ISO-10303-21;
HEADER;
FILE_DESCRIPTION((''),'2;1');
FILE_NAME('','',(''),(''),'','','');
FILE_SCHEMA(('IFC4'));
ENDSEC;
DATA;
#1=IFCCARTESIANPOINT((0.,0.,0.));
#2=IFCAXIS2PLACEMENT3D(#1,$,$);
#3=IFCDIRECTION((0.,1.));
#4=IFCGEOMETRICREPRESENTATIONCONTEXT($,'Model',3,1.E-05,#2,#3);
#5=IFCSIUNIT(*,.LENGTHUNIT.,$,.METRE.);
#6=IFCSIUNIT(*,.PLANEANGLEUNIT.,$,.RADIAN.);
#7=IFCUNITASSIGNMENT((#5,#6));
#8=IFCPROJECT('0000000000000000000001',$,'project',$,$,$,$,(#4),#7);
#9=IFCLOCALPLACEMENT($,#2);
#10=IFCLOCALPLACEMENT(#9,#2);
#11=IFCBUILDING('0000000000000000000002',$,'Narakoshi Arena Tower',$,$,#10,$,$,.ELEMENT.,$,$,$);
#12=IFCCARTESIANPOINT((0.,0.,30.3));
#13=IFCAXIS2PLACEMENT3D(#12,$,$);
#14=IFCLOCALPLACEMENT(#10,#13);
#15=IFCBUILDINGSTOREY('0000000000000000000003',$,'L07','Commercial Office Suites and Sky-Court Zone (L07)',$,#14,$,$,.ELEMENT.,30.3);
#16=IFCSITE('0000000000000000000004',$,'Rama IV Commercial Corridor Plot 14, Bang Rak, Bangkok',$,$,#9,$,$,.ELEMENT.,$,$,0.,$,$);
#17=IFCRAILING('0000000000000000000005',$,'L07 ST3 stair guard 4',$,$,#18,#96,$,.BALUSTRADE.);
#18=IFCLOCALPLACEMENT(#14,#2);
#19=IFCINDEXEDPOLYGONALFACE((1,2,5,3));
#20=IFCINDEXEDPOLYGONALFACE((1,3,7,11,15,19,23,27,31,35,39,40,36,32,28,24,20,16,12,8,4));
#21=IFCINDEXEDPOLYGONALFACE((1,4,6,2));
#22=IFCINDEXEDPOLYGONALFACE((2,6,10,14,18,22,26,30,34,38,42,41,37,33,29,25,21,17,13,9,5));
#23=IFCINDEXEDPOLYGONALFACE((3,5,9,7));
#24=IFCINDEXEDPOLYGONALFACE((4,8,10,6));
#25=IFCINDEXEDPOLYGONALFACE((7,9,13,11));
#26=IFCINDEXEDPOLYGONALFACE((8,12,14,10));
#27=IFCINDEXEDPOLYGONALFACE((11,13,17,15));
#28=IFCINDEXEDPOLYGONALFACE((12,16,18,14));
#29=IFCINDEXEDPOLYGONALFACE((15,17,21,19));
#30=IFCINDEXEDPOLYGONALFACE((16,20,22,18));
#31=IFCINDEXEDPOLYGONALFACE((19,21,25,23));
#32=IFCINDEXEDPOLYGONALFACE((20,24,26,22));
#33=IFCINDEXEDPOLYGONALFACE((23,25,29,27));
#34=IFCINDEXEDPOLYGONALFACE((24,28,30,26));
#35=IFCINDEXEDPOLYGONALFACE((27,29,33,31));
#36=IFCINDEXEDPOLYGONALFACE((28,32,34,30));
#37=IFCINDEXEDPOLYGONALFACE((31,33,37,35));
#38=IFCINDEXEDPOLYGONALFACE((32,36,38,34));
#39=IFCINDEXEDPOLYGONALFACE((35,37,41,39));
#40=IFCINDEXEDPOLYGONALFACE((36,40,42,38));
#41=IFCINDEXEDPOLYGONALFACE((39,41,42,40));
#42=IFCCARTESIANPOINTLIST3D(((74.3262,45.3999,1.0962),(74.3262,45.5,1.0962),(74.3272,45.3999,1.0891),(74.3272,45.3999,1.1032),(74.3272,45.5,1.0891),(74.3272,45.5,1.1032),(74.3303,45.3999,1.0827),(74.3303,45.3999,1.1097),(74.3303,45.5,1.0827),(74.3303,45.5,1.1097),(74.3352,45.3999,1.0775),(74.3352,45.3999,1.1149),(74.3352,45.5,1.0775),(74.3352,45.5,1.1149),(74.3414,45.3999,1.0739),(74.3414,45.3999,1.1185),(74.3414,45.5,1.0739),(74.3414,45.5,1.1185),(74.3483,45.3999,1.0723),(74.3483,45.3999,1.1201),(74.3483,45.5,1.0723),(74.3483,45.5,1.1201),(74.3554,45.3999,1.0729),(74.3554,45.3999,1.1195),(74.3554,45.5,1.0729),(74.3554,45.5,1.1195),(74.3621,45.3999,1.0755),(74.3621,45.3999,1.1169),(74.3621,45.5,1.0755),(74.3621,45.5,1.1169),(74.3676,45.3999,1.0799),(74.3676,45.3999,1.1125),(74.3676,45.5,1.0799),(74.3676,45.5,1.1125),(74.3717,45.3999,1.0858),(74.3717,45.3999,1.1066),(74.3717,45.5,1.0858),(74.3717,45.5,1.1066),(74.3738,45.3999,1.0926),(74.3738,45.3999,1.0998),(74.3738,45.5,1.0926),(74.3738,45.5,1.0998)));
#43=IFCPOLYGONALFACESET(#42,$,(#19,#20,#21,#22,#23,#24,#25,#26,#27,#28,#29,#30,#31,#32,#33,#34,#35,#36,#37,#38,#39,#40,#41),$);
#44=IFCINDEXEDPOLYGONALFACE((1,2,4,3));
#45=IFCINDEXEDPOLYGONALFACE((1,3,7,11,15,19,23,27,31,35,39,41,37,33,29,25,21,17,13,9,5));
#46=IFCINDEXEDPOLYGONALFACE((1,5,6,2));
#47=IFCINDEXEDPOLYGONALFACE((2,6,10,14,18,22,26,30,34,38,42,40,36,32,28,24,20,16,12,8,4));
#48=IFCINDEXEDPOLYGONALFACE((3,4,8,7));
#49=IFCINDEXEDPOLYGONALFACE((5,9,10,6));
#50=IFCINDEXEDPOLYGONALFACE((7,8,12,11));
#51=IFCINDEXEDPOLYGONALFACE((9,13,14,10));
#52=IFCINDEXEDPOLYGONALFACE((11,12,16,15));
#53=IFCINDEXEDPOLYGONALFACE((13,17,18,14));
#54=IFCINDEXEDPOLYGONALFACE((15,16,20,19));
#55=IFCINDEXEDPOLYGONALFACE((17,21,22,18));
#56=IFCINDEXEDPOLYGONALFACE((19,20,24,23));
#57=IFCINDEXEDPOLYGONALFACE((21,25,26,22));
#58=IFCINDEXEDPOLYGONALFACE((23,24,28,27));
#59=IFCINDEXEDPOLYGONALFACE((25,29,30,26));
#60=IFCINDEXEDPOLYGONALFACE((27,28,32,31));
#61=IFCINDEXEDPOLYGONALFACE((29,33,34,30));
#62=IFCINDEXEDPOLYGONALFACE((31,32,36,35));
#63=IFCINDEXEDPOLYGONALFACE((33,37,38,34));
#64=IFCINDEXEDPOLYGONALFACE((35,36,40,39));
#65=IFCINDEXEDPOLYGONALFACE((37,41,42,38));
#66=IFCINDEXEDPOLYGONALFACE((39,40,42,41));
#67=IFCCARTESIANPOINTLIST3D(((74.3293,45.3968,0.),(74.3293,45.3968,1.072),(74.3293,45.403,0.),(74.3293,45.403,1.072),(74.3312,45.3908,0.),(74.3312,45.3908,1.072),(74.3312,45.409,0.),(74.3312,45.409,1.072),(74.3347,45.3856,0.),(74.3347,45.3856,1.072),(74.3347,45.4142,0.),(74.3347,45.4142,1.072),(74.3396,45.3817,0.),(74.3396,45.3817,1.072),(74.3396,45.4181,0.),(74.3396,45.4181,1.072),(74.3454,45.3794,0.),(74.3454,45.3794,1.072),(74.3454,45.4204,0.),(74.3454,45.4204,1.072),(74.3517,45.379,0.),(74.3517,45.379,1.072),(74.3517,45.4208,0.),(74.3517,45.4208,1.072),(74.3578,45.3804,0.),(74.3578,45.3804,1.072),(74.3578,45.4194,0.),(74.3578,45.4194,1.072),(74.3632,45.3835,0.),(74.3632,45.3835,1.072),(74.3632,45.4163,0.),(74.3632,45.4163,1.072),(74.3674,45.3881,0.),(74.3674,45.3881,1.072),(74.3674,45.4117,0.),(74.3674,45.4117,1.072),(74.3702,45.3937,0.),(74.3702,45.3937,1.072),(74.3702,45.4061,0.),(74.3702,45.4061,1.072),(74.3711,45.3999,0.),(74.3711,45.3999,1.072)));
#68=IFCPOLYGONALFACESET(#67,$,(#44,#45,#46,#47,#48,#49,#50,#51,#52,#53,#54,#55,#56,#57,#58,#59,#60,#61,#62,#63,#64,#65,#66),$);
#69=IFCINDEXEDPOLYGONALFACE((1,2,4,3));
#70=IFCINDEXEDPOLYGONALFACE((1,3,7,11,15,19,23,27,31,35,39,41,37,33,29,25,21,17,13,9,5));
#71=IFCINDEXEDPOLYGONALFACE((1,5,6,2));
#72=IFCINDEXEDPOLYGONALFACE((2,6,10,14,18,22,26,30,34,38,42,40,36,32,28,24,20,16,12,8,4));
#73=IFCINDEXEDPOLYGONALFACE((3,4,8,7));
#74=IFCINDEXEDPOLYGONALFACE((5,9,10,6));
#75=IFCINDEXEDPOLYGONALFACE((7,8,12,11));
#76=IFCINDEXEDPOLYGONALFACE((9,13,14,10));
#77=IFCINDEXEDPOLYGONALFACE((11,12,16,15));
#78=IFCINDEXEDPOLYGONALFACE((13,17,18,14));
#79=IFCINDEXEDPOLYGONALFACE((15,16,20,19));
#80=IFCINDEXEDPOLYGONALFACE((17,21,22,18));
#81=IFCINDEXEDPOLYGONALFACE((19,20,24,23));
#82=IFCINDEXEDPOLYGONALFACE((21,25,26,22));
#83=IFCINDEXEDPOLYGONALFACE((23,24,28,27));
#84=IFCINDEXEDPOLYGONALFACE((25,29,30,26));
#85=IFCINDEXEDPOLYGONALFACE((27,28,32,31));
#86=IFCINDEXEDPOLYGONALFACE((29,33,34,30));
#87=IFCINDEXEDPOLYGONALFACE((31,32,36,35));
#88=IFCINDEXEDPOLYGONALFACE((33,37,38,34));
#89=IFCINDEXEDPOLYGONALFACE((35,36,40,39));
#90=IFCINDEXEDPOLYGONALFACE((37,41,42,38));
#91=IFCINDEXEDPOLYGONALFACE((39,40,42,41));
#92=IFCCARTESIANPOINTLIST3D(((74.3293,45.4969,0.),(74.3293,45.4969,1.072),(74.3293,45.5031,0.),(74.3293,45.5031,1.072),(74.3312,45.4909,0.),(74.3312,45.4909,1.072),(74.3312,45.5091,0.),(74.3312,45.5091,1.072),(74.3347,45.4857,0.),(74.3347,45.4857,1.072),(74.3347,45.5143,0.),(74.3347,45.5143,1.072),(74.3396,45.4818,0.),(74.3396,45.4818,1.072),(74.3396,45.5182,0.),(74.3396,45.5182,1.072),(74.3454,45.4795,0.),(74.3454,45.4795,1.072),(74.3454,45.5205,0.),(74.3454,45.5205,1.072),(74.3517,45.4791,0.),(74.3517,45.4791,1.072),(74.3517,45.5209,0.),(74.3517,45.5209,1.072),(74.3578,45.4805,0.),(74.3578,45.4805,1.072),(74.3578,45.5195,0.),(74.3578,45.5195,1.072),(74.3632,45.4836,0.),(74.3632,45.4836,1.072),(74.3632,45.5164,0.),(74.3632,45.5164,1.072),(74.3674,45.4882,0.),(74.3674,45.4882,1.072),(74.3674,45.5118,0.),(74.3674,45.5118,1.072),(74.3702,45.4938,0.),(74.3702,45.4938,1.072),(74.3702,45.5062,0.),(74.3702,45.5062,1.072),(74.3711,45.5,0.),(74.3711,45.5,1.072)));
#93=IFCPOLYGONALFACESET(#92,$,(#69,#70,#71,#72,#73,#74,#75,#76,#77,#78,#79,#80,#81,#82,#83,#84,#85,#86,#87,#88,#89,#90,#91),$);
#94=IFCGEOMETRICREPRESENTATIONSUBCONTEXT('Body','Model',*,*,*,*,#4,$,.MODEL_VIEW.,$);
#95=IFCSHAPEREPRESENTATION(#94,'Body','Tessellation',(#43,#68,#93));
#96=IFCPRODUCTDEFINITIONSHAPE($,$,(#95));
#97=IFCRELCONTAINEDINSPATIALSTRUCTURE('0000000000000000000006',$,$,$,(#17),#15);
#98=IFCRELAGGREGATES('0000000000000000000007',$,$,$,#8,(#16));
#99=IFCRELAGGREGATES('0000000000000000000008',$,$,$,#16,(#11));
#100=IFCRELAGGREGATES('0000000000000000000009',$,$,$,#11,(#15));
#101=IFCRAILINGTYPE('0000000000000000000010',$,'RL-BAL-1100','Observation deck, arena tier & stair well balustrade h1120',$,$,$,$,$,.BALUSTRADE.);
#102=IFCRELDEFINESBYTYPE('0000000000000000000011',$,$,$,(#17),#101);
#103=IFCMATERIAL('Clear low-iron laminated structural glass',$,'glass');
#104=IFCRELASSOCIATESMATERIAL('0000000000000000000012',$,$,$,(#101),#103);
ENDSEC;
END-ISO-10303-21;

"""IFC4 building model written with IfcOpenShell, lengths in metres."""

from ifc_helpers import new_model, si_unit, direction, frame, origin, origin_2d, place, context, subcontext, project, spatial, circle, extrude, material, type_object, element, save


model = new_model("IFC4")

# Units and contexts
model_context = context("Model", 3, precision=1e-05, world=origin(), true_north=direction((0.0, 1.0)))
body_context = subcontext(model_context, "Body", "Model", "MODEL_VIEW")
ifc_project = project(units=[si_unit("LENGTHUNIT", "METRE"), si_unit("PLANEANGLEUNIT", "RADIAN")], contexts=[model_context])

# Site, building, storey
site_placement = place(None, origin())
site = spatial("IfcSite", under=ifc_project, at=site_placement, Name="Rama IV Commercial Corridor Plot 14, Bang Rak, Bangkok", CompositionType="ELEMENT", RefElevation=0.0)
building_placement = place(site_placement, origin())
building = spatial("IfcBuilding", under=site, at=building_placement, Name="Narakoshi Arena Tower", CompositionType="ELEMENT")
storey_placement = place(building_placement, frame((0.0, 0.0, 30.3)))
storey = spatial("IfcBuildingStorey", under=building, at=storey_placement, Name="L07", Description="Commercial Office Suites and Sky-Court Zone (L07)", CompositionType="ELEMENT", Elevation=30.3)

# Railing
ifc_material_1 = material(Name="Clear low-iron laminated structural glass", Category="glass")
railing_type_1 = type_object("IfcRailingType", Name="RL-BAL-1100", Description="Observation deck, arena tier & stair well balustrade h1120", PredefinedType="BALUSTRADE", material=ifc_material_1)
for number, where, name in (
    (1, (74.3501, 45.3999, 0.0), "L07 ST3 stair guard 4"),
):
    element("IfcRailing", number, at=place(storey_placement, frame(where)), inside=storey, type_object=railing_type_1, Name=name, PredefinedType="BALUSTRADE", context=body_context, shape_type="SweptSolid", body=[
        extrude(circle(Radius=0.0239, at=origin_2d()), frame((0.0, 0.0, 1.0962), z_axis=(0.0, 1.0, 0.0), x_axis=(-1.0, 0.0, 0.0)), (0.0, 0.0, 1.0), 0.1001),
        extrude(circle(Radius=0.021, at=origin_2d()), origin(), (0.0, 0.0, 1.0), 1.072),
        extrude(circle(Radius=0.021, at=origin_2d()), frame((0.0, 0.1001, 0.0)), (0.0, 0.0, 1.0), 1.072),
    ])

save(model, "model.ifc")
